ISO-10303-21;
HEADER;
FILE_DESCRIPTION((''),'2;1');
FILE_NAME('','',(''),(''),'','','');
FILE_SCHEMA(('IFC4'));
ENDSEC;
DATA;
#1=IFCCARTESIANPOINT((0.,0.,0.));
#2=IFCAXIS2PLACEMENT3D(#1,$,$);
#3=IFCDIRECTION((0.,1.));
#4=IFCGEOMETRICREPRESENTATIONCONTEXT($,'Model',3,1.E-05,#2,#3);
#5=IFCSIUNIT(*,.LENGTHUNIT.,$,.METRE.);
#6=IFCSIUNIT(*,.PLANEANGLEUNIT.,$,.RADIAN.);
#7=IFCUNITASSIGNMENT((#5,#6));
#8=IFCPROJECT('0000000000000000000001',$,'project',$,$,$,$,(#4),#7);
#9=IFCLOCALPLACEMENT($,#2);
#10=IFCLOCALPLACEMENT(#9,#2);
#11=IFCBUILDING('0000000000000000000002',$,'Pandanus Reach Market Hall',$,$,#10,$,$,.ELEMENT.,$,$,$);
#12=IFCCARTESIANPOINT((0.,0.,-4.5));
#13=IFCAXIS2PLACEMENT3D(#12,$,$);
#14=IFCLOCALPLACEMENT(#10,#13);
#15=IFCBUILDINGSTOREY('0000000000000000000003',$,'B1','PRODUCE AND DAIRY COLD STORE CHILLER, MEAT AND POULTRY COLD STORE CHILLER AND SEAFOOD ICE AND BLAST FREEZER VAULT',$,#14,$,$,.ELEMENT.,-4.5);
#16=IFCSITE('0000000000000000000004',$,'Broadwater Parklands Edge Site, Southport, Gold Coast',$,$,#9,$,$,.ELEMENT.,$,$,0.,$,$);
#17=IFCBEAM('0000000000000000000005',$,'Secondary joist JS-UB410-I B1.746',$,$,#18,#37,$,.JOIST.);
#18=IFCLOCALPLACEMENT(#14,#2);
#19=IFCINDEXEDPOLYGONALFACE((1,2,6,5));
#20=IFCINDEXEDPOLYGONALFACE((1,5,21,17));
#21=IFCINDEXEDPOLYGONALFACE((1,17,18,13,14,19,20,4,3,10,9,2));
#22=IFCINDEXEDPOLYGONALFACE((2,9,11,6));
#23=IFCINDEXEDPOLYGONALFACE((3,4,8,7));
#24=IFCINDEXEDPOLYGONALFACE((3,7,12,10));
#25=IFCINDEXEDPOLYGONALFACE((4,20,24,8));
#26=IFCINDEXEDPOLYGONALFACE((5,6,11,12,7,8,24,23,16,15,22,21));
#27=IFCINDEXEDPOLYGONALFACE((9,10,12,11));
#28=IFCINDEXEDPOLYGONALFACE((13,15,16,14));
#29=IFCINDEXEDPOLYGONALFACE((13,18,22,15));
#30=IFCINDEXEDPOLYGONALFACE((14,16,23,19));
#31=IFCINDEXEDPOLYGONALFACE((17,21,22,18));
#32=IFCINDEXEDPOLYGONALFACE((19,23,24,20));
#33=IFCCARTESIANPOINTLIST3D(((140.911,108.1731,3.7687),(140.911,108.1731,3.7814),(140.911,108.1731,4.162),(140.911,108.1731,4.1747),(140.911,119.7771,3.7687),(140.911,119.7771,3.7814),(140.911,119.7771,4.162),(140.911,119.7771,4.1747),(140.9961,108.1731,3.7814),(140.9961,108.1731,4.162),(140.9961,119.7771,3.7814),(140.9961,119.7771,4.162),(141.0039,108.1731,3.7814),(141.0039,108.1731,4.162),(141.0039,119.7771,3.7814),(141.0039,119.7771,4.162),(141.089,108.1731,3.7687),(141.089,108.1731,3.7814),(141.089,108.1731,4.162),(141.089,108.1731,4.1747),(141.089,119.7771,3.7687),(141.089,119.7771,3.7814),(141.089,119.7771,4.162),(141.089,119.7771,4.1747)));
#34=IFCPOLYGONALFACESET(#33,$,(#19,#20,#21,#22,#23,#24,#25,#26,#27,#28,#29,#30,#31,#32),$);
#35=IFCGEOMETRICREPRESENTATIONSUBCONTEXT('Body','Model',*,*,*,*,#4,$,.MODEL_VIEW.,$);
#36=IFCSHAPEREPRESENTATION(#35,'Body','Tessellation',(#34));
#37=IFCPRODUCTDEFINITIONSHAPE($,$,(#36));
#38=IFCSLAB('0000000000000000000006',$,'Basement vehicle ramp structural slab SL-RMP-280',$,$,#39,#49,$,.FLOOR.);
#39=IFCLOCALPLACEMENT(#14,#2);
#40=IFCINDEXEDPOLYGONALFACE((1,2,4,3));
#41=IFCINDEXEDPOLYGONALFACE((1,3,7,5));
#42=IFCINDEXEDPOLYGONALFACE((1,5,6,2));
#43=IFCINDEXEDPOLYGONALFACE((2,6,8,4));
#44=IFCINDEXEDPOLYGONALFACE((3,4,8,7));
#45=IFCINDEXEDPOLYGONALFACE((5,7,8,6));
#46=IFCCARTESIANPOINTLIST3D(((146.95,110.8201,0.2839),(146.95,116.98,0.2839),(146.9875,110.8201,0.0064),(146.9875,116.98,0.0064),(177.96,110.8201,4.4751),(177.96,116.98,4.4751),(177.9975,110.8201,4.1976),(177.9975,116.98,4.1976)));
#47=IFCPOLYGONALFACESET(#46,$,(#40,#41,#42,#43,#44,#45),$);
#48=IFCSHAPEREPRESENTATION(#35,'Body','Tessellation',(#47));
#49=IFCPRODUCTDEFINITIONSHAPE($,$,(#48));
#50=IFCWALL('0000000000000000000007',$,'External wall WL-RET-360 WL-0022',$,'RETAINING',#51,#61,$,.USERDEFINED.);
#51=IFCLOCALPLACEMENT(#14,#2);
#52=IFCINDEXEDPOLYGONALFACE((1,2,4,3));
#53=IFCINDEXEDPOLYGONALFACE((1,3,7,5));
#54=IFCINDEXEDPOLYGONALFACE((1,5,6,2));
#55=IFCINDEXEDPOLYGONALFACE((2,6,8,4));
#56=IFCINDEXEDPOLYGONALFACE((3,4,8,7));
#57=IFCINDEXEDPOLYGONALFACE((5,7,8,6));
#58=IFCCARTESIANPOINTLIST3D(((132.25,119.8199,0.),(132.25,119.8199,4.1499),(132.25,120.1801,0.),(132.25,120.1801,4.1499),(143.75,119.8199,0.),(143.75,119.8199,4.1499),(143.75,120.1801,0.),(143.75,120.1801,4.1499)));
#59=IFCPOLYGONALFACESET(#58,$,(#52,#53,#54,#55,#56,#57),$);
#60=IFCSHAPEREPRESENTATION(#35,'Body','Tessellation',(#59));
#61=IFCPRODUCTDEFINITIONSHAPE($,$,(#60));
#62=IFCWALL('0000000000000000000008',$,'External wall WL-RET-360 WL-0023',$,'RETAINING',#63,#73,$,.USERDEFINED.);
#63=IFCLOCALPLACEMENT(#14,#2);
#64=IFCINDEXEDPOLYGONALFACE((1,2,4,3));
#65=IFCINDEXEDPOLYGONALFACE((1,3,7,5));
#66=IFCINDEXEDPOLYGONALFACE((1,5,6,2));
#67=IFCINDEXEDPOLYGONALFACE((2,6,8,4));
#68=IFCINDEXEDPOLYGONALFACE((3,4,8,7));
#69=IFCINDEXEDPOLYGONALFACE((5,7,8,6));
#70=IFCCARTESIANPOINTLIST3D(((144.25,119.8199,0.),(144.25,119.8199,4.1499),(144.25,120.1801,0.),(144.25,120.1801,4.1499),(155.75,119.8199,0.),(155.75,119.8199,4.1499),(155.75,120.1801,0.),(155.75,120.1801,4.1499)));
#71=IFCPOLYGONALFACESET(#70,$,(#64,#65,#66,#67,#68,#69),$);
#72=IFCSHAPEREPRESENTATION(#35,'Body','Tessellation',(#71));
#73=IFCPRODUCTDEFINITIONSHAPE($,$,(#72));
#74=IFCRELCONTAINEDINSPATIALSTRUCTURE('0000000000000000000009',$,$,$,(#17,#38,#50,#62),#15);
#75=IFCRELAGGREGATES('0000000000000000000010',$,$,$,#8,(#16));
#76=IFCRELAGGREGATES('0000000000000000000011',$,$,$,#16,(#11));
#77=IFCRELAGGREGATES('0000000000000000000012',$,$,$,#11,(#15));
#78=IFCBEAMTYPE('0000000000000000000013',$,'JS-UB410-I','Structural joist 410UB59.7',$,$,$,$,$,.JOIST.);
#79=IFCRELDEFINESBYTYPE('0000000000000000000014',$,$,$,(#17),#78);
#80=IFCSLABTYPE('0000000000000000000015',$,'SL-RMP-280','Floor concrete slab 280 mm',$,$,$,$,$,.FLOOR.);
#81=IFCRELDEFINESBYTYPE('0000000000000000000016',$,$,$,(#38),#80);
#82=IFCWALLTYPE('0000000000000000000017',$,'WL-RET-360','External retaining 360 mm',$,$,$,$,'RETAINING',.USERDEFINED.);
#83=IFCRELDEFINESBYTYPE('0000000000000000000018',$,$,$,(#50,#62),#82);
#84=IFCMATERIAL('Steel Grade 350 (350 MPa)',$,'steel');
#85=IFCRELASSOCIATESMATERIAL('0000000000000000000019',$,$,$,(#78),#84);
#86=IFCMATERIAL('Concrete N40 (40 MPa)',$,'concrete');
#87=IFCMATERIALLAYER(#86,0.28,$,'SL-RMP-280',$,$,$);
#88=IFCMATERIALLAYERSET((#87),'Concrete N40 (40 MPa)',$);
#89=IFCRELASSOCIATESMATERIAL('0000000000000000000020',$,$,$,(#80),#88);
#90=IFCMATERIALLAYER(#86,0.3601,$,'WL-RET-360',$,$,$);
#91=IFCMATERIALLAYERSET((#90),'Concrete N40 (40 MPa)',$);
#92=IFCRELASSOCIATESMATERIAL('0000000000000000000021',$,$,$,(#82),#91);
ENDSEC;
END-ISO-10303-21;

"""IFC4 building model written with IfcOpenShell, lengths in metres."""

from ifc_helpers import new_model, si_unit, direction, frame, frame_2d, origin, origin_2d, place, context, subcontext, project, spatial, polyline, rectangle, i_section, outline, extrude, material, layer, layer_set, material_profile, profile_set, type_object, element, save


model = new_model("IFC4")

# Units and contexts
model_context = context("Model", 3, precision=1e-05, world=origin(), true_north=direction((0.0, 1.0)))
body_context = subcontext(model_context, "Body", "Model", "MODEL_VIEW")
ifc_project = project(units=[si_unit("LENGTHUNIT", "METRE"), si_unit("PLANEANGLEUNIT", "RADIAN")], contexts=[model_context])

# Site, building, storey
site_placement = place(None, origin())
site = spatial("IfcSite", under=ifc_project, at=site_placement, Name="Broadwater Parklands Edge Site, Southport, Gold Coast", CompositionType="ELEMENT", RefElevation=0.0)
building_placement = place(site_placement, origin())
building = spatial("IfcBuilding", under=site, at=building_placement, Name="Pandanus Reach Market Hall", CompositionType="ELEMENT")
storey_placement = place(building_placement, frame((0.0, 0.0, -4.5)))
storey = spatial("IfcBuildingStorey", under=building, at=storey_placement, Name="B1", Description="PRODUCE AND DAIRY COLD STORE CHILLER, MEAT AND POULTRY COLD STORE CHILLER AND SEAFOOD ICE AND BLAST FREEZER VAULT", CompositionType="ELEMENT", Elevation=-4.5)

# Shared definitions
ifc_material_1 = material(Name="Concrete N40 (40 MPa)", Category="concrete")

# Beam
ifc_material_2 = material(Name="Steel Grade 350 (350 MPa)", Category="steel")
ifc_material_profile_1 = material_profile(ifc_material_2, i_section(OverallWidth=0.178, OverallDepth=0.406, WebThickness=0.0078, FlangeThickness=0.0127, at=origin_2d()), Name="410UB59.7", Category="LoadBearing")
ifc_profile_set_1 = profile_set([ifc_material_profile_1], Name="Steel Grade 350 (350 MPa)")
beam_type_1 = type_object("IfcBeamType", Name="JS-UB410-I", Description="Structural joist 410UB59.7", PredefinedType="JOIST", material=ifc_profile_set_1)
for number, where, z_axis, x_axis, name in (
    (1, (141.0, 108.1731, 3.9717), (0.0, 1.0, 0.0), (-1.0, 0.0, 0.0), "Secondary joist JS-UB410-I B1.746"),
):
    element("IfcBeam", number, at=place(storey_placement, frame(where, z_axis=z_axis, x_axis=x_axis)), inside=storey, type_object=beam_type_1, Name=name, PredefinedType="JOIST", context=body_context, shape_type="SweptSolid", body=[
        extrude(i_section(OverallWidth=0.178, OverallDepth=0.406, WebThickness=0.0078, FlangeThickness=0.0127, at=origin_2d()), origin(), (0.0, 0.0, 1.0), 11.604),
    ])

# Slab
ifc_layer_1 = layer(ifc_material_1, 0.28, Name="SL-RMP-280")
ifc_layer_set_1 = layer_set([ifc_layer_1], Name="Concrete N40 (40 MPa)")
slab_type = type_object("IfcSlabType", Name="SL-RMP-280", Description="Floor concrete slab 280 mm", PredefinedType="FLOOR", material=ifc_layer_set_1)
slab_placement = place(storey_placement, frame((146.95, 110.8201, 0.2839), z_axis=(-0.133937, 0.0, 0.99099), x_axis=(0.99099, 0.0, 0.133937)))
element("IfcSlab", 2, at=slab_placement, inside=storey, type_object=slab_type, Name="Basement vehicle ramp structural slab SL-RMP-280", PredefinedType="FLOOR", context=body_context, shape_type="SweptSolid", body=[
    extrude(outline(polyline([(0.0, 0.0), (31.292, 0.0), (31.292, 6.1599), (0.0, 6.1599), (0.0, 0.0)])), origin(), (0.0, 0.0, -1.0), 0.28),
])

# Walls
ifc_layer_2 = layer(ifc_material_1, 0.3601, Name="WL-RET-360")
ifc_layer_set_2 = layer_set([ifc_layer_2], Name="Concrete N40 (40 MPa)")
wall_type = type_object("IfcWallType", Name="WL-RET-360", Description="External retaining 360 mm", ElementType="RETAINING", PredefinedType="USERDEFINED", material=ifc_layer_set_2)
for number, where, z_axis, x_axis, name in (
    (3, (132.25, 120.0, 0.0), (0.0, 0.0, 1.0), (1.0, 0.0, 0.0), "External wall WL-RET-360 WL-0022"),
    (4, (144.25, 120.0, 0.0), (0.0, 0.0, 1.0), (1.0, 0.0, 0.0), "External wall WL-RET-360 WL-0023"),
):
    element("IfcWall", number, at=place(storey_placement, frame(where, z_axis=z_axis, x_axis=x_axis)), inside=storey, type_object=wall_type, Name=name, ObjectType="RETAINING", PredefinedType="USERDEFINED", context=body_context, shape_type="SweptSolid", body=[
        extrude(rectangle(XDim=11.5, YDim=0.3601, at=frame_2d((5.75, 0.0))), origin(), (0.0, 0.0, 1.0), 4.1499),
    ])

save(model, "model.ifc")
